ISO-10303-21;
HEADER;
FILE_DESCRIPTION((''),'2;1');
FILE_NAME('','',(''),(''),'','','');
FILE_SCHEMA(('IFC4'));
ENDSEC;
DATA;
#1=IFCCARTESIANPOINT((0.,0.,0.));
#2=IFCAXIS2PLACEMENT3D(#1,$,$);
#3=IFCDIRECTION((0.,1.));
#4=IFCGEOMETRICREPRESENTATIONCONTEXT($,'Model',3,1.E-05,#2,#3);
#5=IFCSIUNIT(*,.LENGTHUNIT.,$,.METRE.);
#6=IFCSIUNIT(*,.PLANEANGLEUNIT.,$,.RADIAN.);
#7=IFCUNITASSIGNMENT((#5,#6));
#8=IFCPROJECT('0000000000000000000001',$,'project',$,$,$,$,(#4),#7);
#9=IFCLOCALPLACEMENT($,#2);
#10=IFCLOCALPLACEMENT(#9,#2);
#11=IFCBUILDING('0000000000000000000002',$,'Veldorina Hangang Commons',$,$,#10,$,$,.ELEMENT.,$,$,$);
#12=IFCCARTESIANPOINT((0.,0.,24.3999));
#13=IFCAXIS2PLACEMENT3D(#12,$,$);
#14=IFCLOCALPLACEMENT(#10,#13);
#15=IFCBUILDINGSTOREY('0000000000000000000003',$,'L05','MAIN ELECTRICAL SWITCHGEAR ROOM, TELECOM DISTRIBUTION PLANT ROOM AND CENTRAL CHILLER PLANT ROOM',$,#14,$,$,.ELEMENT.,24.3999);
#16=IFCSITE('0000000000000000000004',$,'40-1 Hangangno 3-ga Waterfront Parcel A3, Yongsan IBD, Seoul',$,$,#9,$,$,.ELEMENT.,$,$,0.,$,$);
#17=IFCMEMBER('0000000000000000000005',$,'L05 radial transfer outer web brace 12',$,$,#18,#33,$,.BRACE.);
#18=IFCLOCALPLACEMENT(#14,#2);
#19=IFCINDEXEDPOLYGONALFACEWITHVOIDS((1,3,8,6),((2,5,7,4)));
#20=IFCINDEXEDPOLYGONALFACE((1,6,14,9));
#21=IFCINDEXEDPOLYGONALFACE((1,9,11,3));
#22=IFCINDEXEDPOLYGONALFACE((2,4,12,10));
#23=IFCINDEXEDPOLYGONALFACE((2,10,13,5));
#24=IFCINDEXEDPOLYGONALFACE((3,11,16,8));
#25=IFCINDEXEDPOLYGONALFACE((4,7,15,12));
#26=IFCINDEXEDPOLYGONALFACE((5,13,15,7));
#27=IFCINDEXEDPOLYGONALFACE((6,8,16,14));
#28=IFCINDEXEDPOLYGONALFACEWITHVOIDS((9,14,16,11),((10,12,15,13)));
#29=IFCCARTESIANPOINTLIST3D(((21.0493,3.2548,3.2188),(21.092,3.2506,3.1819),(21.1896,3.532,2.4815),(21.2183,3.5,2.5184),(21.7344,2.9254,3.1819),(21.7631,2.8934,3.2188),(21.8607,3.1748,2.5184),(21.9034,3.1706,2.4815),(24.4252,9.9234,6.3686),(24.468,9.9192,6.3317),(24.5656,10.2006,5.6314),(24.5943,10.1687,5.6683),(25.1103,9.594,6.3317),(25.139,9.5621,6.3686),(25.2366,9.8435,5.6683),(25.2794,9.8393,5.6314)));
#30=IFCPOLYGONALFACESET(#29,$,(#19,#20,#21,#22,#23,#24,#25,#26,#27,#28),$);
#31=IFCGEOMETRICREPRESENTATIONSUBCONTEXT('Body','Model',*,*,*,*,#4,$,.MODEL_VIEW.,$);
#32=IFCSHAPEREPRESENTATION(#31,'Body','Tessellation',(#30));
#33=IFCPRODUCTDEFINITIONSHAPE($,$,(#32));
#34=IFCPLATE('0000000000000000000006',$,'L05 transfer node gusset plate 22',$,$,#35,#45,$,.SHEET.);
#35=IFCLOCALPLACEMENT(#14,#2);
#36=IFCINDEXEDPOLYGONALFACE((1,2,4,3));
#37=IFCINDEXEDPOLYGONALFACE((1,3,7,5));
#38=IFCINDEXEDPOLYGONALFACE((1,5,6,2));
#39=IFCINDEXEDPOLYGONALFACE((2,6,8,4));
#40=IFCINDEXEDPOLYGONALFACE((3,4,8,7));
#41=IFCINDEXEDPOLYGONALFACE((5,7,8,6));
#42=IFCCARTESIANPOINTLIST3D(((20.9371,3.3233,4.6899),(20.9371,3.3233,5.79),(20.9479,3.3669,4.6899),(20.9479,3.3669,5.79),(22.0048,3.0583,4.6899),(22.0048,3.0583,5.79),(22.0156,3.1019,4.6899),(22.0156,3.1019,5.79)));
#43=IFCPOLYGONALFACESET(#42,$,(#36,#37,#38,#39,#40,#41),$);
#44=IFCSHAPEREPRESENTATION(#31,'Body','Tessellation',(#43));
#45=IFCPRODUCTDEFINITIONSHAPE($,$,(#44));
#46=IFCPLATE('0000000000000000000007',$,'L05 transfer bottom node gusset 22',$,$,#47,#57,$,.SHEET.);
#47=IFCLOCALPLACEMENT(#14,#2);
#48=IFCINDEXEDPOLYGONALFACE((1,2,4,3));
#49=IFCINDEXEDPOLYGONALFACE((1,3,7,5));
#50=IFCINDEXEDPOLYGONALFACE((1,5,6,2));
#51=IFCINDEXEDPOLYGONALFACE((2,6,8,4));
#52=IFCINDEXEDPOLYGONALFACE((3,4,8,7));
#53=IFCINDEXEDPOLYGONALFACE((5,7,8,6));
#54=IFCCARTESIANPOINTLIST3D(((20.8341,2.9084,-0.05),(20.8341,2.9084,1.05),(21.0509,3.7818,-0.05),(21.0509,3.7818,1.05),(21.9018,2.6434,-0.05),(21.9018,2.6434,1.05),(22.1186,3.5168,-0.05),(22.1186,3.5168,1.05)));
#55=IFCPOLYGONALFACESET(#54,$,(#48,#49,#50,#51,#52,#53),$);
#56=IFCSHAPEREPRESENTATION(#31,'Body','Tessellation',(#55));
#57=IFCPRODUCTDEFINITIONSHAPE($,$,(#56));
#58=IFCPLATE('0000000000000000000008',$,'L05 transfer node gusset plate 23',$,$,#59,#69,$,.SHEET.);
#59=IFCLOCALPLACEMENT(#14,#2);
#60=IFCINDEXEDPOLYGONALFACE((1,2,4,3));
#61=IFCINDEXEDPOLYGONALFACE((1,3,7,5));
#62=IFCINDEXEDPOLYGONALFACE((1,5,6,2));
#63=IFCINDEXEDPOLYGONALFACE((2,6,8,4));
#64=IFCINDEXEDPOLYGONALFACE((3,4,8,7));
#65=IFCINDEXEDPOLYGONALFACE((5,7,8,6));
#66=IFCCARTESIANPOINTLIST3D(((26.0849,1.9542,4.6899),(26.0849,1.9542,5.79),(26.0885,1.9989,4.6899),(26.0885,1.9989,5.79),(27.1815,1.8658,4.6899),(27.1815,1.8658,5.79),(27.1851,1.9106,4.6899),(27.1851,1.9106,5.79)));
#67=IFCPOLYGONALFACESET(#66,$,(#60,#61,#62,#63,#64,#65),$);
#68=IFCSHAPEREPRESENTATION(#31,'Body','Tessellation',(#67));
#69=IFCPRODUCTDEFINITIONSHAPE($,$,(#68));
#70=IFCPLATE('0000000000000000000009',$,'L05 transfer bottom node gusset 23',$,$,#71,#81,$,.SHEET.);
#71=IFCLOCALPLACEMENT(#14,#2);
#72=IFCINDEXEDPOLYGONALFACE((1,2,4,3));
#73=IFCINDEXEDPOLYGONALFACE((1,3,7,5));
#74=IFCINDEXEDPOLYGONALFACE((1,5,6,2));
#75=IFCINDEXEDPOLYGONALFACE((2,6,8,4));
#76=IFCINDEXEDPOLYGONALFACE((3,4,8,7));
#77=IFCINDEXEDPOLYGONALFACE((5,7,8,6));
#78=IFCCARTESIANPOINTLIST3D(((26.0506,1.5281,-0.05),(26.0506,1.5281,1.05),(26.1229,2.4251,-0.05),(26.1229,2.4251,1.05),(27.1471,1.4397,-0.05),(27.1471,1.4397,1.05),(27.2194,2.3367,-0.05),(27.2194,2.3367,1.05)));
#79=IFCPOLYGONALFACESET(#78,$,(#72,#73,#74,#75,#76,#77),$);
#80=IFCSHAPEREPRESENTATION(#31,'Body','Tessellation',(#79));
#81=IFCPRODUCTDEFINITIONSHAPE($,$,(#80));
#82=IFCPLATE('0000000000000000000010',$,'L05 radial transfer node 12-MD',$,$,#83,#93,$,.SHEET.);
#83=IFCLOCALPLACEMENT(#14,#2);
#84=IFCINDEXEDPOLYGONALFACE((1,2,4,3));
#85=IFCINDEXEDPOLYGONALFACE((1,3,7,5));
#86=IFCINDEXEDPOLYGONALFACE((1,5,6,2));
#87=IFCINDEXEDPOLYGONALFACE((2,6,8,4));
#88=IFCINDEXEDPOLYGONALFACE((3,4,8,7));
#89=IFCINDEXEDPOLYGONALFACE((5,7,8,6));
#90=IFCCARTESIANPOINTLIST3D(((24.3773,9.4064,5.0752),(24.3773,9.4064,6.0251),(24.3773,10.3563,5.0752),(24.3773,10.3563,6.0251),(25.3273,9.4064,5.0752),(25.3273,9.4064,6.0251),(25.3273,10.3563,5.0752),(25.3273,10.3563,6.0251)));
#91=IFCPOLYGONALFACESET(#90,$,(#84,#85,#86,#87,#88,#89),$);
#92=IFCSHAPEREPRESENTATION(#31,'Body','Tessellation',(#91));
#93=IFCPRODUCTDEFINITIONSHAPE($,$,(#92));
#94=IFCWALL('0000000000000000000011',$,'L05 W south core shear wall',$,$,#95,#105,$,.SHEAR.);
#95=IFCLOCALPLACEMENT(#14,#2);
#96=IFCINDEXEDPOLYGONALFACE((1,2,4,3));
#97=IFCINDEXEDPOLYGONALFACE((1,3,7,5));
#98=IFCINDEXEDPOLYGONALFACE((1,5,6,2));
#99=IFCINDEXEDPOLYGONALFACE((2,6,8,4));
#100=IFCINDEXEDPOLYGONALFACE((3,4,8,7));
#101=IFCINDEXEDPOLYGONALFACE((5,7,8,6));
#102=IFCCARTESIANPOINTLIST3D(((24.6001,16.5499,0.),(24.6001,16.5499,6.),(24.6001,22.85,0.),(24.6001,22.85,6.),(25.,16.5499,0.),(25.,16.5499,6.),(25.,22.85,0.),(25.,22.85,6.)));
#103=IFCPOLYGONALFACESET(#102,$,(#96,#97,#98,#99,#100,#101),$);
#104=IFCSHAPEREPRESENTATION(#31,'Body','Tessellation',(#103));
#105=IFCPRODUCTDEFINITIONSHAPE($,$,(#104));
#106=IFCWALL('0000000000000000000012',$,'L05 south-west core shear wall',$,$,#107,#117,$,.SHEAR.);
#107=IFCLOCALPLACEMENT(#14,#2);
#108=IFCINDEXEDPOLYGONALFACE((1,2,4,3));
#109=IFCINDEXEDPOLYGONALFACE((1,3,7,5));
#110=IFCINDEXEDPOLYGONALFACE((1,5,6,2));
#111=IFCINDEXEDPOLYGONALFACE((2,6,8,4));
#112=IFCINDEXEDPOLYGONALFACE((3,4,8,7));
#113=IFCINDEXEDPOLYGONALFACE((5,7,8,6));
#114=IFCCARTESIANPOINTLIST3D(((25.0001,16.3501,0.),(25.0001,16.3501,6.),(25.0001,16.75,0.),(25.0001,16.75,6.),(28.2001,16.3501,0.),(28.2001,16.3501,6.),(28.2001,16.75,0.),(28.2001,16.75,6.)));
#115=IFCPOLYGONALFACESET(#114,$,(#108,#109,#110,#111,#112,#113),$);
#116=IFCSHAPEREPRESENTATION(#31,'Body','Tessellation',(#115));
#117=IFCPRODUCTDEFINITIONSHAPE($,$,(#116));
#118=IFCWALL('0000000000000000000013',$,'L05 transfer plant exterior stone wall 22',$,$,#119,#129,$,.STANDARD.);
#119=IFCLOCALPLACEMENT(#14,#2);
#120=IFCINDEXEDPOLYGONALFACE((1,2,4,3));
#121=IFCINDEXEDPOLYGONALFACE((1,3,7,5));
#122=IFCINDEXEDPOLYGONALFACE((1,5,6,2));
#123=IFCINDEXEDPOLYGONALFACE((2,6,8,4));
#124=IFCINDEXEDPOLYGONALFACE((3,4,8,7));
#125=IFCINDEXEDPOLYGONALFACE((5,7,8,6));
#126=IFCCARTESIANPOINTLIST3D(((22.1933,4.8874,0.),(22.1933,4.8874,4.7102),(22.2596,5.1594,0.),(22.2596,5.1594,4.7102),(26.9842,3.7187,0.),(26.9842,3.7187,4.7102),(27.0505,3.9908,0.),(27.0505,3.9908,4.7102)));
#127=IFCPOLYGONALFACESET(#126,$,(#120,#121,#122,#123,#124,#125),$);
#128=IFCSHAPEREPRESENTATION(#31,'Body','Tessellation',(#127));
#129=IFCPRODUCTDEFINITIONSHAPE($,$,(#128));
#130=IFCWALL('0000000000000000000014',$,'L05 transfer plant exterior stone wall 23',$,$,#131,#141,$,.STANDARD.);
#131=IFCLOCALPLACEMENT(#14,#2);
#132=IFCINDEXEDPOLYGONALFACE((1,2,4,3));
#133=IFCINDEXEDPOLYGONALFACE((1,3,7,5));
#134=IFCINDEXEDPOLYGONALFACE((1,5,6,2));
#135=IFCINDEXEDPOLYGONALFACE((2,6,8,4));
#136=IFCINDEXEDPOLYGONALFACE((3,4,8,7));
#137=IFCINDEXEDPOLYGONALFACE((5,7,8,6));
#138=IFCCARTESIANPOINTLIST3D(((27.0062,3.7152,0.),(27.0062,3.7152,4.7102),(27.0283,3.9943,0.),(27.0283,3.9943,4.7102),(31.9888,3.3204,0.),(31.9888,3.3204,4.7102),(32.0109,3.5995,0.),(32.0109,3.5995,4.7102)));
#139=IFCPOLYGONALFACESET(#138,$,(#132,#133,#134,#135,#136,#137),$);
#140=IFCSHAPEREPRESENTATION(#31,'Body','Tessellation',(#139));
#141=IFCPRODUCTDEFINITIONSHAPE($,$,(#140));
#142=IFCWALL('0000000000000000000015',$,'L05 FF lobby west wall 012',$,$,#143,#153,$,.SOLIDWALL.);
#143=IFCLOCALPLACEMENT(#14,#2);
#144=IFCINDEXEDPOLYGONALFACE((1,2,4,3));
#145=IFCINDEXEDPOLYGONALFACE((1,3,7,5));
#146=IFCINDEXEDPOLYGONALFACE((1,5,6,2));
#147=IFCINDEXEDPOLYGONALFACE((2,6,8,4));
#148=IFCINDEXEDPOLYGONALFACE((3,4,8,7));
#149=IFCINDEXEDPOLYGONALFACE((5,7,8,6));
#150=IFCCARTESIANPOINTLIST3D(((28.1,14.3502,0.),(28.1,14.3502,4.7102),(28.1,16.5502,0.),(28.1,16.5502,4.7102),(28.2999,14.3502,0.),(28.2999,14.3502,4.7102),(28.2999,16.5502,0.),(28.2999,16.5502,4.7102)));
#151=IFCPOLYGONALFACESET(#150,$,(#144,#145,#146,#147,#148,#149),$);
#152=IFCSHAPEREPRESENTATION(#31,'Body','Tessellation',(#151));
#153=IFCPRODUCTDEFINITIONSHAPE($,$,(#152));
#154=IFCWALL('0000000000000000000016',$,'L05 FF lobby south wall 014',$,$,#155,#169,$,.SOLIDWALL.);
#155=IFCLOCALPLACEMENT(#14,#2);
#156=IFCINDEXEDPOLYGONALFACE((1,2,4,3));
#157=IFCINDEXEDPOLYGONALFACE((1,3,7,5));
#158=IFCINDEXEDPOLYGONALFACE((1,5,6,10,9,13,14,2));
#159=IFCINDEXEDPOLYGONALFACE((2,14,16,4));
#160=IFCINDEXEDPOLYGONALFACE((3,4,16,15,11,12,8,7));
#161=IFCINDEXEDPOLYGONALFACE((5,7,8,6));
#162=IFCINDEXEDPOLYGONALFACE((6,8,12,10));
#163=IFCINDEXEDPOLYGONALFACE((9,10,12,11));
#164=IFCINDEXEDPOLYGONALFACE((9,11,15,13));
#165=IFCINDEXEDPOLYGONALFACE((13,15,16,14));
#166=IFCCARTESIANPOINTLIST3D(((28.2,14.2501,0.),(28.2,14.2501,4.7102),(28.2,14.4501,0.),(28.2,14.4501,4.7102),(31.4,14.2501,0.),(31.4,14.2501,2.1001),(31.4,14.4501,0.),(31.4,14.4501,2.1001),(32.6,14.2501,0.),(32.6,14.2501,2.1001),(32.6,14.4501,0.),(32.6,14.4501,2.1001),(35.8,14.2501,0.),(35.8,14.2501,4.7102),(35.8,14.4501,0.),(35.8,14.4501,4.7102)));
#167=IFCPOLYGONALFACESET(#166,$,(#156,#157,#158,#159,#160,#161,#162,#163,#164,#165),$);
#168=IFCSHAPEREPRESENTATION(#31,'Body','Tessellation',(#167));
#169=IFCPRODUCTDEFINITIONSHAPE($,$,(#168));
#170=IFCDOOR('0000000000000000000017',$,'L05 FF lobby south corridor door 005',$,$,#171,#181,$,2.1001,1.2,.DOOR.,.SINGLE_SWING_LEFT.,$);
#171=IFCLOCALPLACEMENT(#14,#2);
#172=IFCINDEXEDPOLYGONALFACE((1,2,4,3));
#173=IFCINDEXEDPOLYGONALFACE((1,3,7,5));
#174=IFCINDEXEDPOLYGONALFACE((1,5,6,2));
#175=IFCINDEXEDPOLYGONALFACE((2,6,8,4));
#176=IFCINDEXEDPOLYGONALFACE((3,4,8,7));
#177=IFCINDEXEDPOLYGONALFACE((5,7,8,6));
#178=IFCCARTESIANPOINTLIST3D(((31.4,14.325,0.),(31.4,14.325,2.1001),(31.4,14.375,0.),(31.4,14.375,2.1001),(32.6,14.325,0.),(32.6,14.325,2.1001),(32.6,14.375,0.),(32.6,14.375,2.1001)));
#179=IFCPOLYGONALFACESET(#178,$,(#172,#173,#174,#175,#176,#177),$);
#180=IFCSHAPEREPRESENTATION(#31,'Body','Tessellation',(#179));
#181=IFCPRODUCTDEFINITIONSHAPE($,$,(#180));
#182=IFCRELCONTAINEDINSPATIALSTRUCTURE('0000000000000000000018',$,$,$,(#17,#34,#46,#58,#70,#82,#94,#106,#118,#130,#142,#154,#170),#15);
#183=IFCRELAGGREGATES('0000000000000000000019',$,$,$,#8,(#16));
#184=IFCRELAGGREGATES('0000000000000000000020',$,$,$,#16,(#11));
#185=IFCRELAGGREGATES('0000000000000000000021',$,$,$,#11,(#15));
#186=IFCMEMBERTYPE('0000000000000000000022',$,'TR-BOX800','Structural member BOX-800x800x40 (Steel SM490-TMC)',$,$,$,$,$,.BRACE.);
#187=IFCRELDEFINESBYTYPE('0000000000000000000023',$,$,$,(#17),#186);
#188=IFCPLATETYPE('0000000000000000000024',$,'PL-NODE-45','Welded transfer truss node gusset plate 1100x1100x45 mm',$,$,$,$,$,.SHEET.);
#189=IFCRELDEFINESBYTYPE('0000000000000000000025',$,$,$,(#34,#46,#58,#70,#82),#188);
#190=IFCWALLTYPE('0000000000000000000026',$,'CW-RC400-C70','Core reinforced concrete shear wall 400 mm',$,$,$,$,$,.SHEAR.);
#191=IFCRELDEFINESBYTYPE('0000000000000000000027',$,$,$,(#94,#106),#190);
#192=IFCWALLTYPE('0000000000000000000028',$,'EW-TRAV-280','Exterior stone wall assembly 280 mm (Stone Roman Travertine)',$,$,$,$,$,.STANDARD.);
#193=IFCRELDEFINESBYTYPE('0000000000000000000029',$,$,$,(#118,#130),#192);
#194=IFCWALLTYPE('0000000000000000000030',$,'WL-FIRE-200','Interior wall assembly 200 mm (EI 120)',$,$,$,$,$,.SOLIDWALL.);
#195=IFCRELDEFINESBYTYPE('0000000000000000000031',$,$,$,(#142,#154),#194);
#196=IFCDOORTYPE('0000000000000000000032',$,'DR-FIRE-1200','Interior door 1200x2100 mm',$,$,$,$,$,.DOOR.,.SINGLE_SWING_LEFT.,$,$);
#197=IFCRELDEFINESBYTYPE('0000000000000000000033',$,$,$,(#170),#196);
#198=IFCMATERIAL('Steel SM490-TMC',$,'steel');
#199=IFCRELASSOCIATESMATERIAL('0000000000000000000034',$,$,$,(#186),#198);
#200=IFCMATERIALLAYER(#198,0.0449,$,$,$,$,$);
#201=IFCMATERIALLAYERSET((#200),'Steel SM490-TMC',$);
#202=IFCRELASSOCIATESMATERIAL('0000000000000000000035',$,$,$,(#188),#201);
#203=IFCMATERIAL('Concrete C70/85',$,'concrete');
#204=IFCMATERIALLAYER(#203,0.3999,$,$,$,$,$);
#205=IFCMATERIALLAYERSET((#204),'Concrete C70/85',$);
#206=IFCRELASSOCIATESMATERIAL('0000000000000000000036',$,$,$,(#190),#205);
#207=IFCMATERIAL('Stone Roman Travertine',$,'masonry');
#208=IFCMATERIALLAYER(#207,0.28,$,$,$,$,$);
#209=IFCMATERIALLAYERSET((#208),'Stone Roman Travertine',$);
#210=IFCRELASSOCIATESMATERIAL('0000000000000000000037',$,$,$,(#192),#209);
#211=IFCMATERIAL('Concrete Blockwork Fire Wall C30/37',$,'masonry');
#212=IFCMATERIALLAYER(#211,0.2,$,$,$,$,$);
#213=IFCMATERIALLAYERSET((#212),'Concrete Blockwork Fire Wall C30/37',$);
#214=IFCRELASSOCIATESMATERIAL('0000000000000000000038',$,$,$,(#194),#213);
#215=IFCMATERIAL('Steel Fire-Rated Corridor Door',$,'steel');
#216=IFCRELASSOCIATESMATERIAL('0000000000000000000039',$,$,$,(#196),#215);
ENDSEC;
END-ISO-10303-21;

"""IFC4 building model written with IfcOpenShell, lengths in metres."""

from ifc_helpers import new_model, si_unit, direction, frame, frame_2d, origin, origin_2d, place, context, subcontext, project, spatial, rectangle, hollow_rectangle, extrude, material, layer, layer_set, material_profile, profile_set, type_object, element, fill, save


model = new_model("IFC4")

# Units and contexts
model_context = context("Model", 3, precision=1e-05, world=origin(), true_north=direction((0.0, 1.0)))
body_context = subcontext(model_context, "Body", "Model", "MODEL_VIEW")
ifc_project = project(units=[si_unit("LENGTHUNIT", "METRE"), si_unit("PLANEANGLEUNIT", "RADIAN")], contexts=[model_context])

# Site, building, storey
site_placement = place(None, origin())
site = spatial("IfcSite", under=ifc_project, at=site_placement, Name="40-1 Hangangno 3-ga Waterfront Parcel A3, Yongsan IBD, Seoul", CompositionType="ELEMENT", RefElevation=0.0)
building_placement = place(site_placement, origin())
building = spatial("IfcBuilding", under=site, at=building_placement, Name="Veldorina Hangang Commons", CompositionType="ELEMENT")
storey_placement = place(building_placement, frame((0.0, 0.0, 24.3999)))
storey = spatial("IfcBuildingStorey", under=building, at=storey_placement, Name="L05", Description="MAIN ELECTRICAL SWITCHGEAR ROOM, TELECOM DISTRIBUTION PLANT ROOM AND CENTRAL CHILLER PLANT ROOM", CompositionType="ELEMENT", Elevation=24.3999)

# Shared definitions
ifc_material_1 = material(Name="Concrete C70/85", Category="concrete")
ifc_material_2 = material(Name="Steel SM490-TMC", Category="steel")

# Member
ifc_material_profile_1 = material_profile(ifc_material_2, hollow_rectangle(XDim=0.8, YDim=0.8, WallThickness=0.04, at=origin_2d()), Name="BOX-800x800x40")
ifc_profile_set_1 = profile_set([ifc_material_profile_1], Name="Steel SM490-TMC")
member_type = type_object("IfcMemberType", Name="TR-BOX800", Description="Structural member BOX-800x800x40 (Steel SM490-TMC)", PredefinedType="BRACE", material=ifc_profile_set_1)
member_1_placement = place(storey_placement, frame((24.8523, 9.8813, 6.0), z_axis=(-0.416215, -0.822165, -0.388342), x_axis=(0.892188, -0.451663, 0.0)))
element("IfcMember", 1, at=member_1_placement, inside=storey, type_object=member_type, Name="L05 radial transfer outer web brace 12", PredefinedType="BRACE", context=body_context, shape_type="SweptSolid", body=[
    extrude(hollow_rectangle(XDim=0.8, YDim=0.8, WallThickness=0.04, at=origin_2d()), origin(), (0.0, 0.0, 1.0), 8.1111),
])

# Plates
ifc_layer_1 = layer(ifc_material_2, 0.0449)
ifc_layer_set_1 = layer_set([ifc_layer_1], Name="Steel SM490-TMC")
plate_type = type_object("IfcPlateType", Name="PL-NODE-45", Description="Welded transfer truss node gusset plate 1100x1100x45 mm", PredefinedType="SHEET", material=ifc_layer_set_1)
plate_1_placement = place(storey_placement, frame((21.4763, 3.2126, 4.6899), z_axis=(0.0, 0.0, 1.0), x_axis=(0.970553, -0.240889, 0.0)))
element("IfcPlate", 2, at=plate_1_placement, inside=storey, type_object=plate_type, Name="L05 transfer node gusset plate 22", PredefinedType="SHEET", context=body_context, shape_type="SweptSolid", body=[
    extrude(rectangle(XDim=1.1001, YDim=0.0449, at=origin_2d()), origin(), (0.0, 0.0, 1.0), 1.1001),
])
plate_2_placement = place(storey_placement, frame((21.4763, 3.2126, -0.05), z_axis=(0.0, 0.0, 1.0), x_axis=(0.970553, -0.240889, 0.0)))
element("IfcPlate", 3, at=plate_2_placement, inside=storey, type_object=plate_type, Name="L05 transfer bottom node gusset 22", PredefinedType="SHEET", context=body_context, shape_type="SweptSolid", body=[
    extrude(rectangle(XDim=1.1001, YDim=0.8999, at=origin_2d()), origin(), (0.0, 0.0, 1.0), 1.1001),
])
plate_3_placement = place(storey_placement, frame((26.635, 1.9324, 4.6899), z_axis=(0.0, 0.0, 1.0), x_axis=(0.996769, -0.080321, 0.0)))
element("IfcPlate", 4, at=plate_3_placement, inside=storey, type_object=plate_type, Name="L05 transfer node gusset plate 23", PredefinedType="SHEET", context=body_context, shape_type="SweptSolid", body=[
    extrude(rectangle(XDim=1.1001, YDim=0.0449, at=origin_2d()), origin(), (0.0, 0.0, 1.0), 1.1001),
])
plate_4_placement = place(storey_placement, frame((26.635, 1.9324, -0.05), z_axis=(0.0, 0.0, 1.0), x_axis=(0.996769, -0.080321, 0.0)))
element("IfcPlate", 5, at=plate_4_placement, inside=storey, type_object=plate_type, Name="L05 transfer bottom node gusset 23", PredefinedType="SHEET", context=body_context, shape_type="SweptSolid", body=[
    extrude(rectangle(XDim=1.1001, YDim=0.8999, at=origin_2d()), origin(), (0.0, 0.0, 1.0), 1.1001),
])
plate_5_placement = place(storey_placement, frame((24.8523, 9.8813, 5.0752), z_axis=(0.0, 0.0, 1.0), x_axis=(1.0, 0.0, 0.0)))
element("IfcPlate", 6, at=plate_5_placement, inside=storey, type_object=plate_type, Name="L05 radial transfer node 12-MD", PredefinedType="SHEET", context=body_context, shape_type="SweptSolid", body=[
    extrude(rectangle(XDim=0.95, YDim=0.95, at=origin_2d()), origin(), (0.0, 0.0, 1.0), 0.95),
])

# Walls
ifc_layer_2 = layer(ifc_material_1, 0.3999)
ifc_layer_set_2 = layer_set([ifc_layer_2], Name="Concrete C70/85")
wall_type_1 = type_object("IfcWallType", Name="CW-RC400-C70", Description="Core reinforced concrete shear wall 400 mm", PredefinedType="SHEAR", material=ifc_layer_set_2)
wall_1_placement = place(storey_placement, frame((24.8, 16.55, 0.0), z_axis=(0.0, 0.0, 1.0), x_axis=(0.0, 1.0, 0.0)))
element("IfcWall", 7, at=wall_1_placement, inside=storey, type_object=wall_type_1, Name="L05 W south core shear wall", PredefinedType="SHEAR", context=body_context, shape_type="SweptSolid", body=[
    extrude(rectangle(XDim=6.3, YDim=0.3999, at=frame_2d((3.1499, 0.0))), origin(), (0.0, 0.0, 1.0), 6.0),
])
wall_2_placement = place(storey_placement, frame((25.0, 16.55, 0.0), z_axis=(0.0, 0.0, 1.0), x_axis=(1.0, 0.0, 0.0)))
element("IfcWall", 8, at=wall_2_placement, inside=storey, type_object=wall_type_1, Name="L05 south-west core shear wall", PredefinedType="SHEAR", context=body_context, shape_type="SweptSolid", body=[
    extrude(rectangle(XDim=3.2, YDim=0.3999, at=frame_2d((1.6001, 0.0))), origin(), (0.0, 0.0, 1.0), 6.0),
])
ifc_material_3 = material(Name="Stone Roman Travertine", Category="masonry")
ifc_layer_3 = layer(ifc_material_3, 0.28)
ifc_layer_set_3 = layer_set([ifc_layer_3], Name="Stone Roman Travertine")
wall_type_2 = type_object("IfcWallType", Name="EW-TRAV-280", Description="Exterior stone wall assembly 280 mm (Stone Roman Travertine)", PredefinedType="STANDARD", material=ifc_layer_set_3)
wall_3_placement = place(storey_placement, frame((22.2263, 5.0234, 0.0), z_axis=(0.0, 0.0, 1.0), x_axis=(0.971513, -0.236987, 0.0)))
element("IfcWall", 9, at=wall_3_placement, inside=storey, type_object=wall_type_2, Name="L05 transfer plant exterior stone wall 22", PredefinedType="STANDARD", context=body_context, shape_type="SweptSolid", body=[
    extrude(rectangle(XDim=4.9314, YDim=0.28, at=frame_2d((2.4658, 0.0))), origin(), (0.0, 0.0, 1.0), 4.7102),
])
wall_4_placement = place(storey_placement, frame((27.0173, 3.8547, 0.0), z_axis=(0.0, 0.0, 1.0), x_axis=(0.996876, -0.078982, 0.0)))
element("IfcWall", 10, at=wall_4_placement, inside=storey, type_object=wall_type_2, Name="L05 transfer plant exterior stone wall 23", PredefinedType="STANDARD", context=body_context, shape_type="SweptSolid", body=[
    extrude(rectangle(XDim=4.9983, YDim=0.28, at=frame_2d((2.499, 0.0))), origin(), (0.0, 0.0, 1.0), 4.7102),
])
ifc_material_4 = material(Name="Concrete Blockwork Fire Wall C30/37", Category="masonry")
ifc_layer_4 = layer(ifc_material_4, 0.2)
ifc_layer_set_4 = layer_set([ifc_layer_4], Name="Concrete Blockwork Fire Wall C30/37")
wall_type_3 = type_object("IfcWallType", Name="WL-FIRE-200", Description="Interior wall assembly 200 mm (EI 120)", PredefinedType="SOLIDWALL", material=ifc_layer_set_4)
wall_5_placement = place(storey_placement, frame((28.2, 14.3501, 0.0), z_axis=(0.0, 0.0, 1.0), x_axis=(0.0, 1.0, 0.0)))
element("IfcWall", 11, at=wall_5_placement, inside=storey, type_object=wall_type_3, Name="L05 FF lobby west wall 012", PredefinedType="SOLIDWALL", context=body_context, shape_type="SweptSolid", body=[
    extrude(rectangle(XDim=2.2, YDim=0.2, at=frame_2d((1.1001, 0.0))), origin(), (0.0, 0.0, 1.0), 4.7102),
])

# Wall, opening, door
wall_6_placement = place(storey_placement, frame((28.2, 14.3501, 0.0), z_axis=(0.0, 0.0, 1.0), x_axis=(1.0, 0.0, 0.0)))
wall_6 = element("IfcWall", 12, at=wall_6_placement, inside=storey, type_object=wall_type_3, Name="L05 FF lobby south wall 014", PredefinedType="SOLIDWALL", context=body_context, shape_type="SweptSolid", body=[
    extrude(rectangle(XDim=7.6001, YDim=0.2, at=frame_2d((3.8, 0.0))), origin(), (0.0, 0.0, 1.0), 4.7102),
])
opening_1_placement = place(wall_6_placement, frame((3.2, 0.0, 0.0)))
opening_1 = element("IfcOpeningElement", 13, at=opening_1_placement, cuts=wall_6, PredefinedType="OPENING", context=body_context, shape_type="SweptSolid", body=[
    extrude(rectangle(XDim=1.2, YDim=2.1001, at=frame_2d((0.6001, 1.05))), frame((0.0, 0.1099, 0.0), z_axis=(0.0, -1.0, 0.0), x_axis=(1.0, 0.0, 0.0)), (0.0, 0.0, 1.0), 0.22),
])
ifc_material_5 = material(Name="Steel Fire-Rated Corridor Door", Category="steel")
door_type_1 = type_object("IfcDoorType", Name="DR-FIRE-1200", Description="Interior door 1200x2100 mm", OperationType="SINGLE_SWING_LEFT", PredefinedType="DOOR", material=ifc_material_5)
door_1_placement = place(opening_1_placement, origin())
door_1 = element("IfcDoor", 14, at=door_1_placement, inside=storey, type_object=door_type_1, Name="L05 FF lobby south corridor door 005", OperationType="SINGLE_SWING_LEFT", OverallHeight=2.1001, OverallWidth=1.2, PredefinedType="DOOR", context=body_context, shape_type="SweptSolid", body=[
    extrude(rectangle(XDim=1.2, YDim=2.1001, at=frame_2d((0.6001, 1.05))), frame((0.0, 0.0249, 0.0), z_axis=(0.0, -1.0, 0.0), x_axis=(1.0, 0.0, 0.0)), (0.0, 0.0, 1.0), 0.05),
])
fill(opening_1, door_1)

save(model, "model.ifc")
